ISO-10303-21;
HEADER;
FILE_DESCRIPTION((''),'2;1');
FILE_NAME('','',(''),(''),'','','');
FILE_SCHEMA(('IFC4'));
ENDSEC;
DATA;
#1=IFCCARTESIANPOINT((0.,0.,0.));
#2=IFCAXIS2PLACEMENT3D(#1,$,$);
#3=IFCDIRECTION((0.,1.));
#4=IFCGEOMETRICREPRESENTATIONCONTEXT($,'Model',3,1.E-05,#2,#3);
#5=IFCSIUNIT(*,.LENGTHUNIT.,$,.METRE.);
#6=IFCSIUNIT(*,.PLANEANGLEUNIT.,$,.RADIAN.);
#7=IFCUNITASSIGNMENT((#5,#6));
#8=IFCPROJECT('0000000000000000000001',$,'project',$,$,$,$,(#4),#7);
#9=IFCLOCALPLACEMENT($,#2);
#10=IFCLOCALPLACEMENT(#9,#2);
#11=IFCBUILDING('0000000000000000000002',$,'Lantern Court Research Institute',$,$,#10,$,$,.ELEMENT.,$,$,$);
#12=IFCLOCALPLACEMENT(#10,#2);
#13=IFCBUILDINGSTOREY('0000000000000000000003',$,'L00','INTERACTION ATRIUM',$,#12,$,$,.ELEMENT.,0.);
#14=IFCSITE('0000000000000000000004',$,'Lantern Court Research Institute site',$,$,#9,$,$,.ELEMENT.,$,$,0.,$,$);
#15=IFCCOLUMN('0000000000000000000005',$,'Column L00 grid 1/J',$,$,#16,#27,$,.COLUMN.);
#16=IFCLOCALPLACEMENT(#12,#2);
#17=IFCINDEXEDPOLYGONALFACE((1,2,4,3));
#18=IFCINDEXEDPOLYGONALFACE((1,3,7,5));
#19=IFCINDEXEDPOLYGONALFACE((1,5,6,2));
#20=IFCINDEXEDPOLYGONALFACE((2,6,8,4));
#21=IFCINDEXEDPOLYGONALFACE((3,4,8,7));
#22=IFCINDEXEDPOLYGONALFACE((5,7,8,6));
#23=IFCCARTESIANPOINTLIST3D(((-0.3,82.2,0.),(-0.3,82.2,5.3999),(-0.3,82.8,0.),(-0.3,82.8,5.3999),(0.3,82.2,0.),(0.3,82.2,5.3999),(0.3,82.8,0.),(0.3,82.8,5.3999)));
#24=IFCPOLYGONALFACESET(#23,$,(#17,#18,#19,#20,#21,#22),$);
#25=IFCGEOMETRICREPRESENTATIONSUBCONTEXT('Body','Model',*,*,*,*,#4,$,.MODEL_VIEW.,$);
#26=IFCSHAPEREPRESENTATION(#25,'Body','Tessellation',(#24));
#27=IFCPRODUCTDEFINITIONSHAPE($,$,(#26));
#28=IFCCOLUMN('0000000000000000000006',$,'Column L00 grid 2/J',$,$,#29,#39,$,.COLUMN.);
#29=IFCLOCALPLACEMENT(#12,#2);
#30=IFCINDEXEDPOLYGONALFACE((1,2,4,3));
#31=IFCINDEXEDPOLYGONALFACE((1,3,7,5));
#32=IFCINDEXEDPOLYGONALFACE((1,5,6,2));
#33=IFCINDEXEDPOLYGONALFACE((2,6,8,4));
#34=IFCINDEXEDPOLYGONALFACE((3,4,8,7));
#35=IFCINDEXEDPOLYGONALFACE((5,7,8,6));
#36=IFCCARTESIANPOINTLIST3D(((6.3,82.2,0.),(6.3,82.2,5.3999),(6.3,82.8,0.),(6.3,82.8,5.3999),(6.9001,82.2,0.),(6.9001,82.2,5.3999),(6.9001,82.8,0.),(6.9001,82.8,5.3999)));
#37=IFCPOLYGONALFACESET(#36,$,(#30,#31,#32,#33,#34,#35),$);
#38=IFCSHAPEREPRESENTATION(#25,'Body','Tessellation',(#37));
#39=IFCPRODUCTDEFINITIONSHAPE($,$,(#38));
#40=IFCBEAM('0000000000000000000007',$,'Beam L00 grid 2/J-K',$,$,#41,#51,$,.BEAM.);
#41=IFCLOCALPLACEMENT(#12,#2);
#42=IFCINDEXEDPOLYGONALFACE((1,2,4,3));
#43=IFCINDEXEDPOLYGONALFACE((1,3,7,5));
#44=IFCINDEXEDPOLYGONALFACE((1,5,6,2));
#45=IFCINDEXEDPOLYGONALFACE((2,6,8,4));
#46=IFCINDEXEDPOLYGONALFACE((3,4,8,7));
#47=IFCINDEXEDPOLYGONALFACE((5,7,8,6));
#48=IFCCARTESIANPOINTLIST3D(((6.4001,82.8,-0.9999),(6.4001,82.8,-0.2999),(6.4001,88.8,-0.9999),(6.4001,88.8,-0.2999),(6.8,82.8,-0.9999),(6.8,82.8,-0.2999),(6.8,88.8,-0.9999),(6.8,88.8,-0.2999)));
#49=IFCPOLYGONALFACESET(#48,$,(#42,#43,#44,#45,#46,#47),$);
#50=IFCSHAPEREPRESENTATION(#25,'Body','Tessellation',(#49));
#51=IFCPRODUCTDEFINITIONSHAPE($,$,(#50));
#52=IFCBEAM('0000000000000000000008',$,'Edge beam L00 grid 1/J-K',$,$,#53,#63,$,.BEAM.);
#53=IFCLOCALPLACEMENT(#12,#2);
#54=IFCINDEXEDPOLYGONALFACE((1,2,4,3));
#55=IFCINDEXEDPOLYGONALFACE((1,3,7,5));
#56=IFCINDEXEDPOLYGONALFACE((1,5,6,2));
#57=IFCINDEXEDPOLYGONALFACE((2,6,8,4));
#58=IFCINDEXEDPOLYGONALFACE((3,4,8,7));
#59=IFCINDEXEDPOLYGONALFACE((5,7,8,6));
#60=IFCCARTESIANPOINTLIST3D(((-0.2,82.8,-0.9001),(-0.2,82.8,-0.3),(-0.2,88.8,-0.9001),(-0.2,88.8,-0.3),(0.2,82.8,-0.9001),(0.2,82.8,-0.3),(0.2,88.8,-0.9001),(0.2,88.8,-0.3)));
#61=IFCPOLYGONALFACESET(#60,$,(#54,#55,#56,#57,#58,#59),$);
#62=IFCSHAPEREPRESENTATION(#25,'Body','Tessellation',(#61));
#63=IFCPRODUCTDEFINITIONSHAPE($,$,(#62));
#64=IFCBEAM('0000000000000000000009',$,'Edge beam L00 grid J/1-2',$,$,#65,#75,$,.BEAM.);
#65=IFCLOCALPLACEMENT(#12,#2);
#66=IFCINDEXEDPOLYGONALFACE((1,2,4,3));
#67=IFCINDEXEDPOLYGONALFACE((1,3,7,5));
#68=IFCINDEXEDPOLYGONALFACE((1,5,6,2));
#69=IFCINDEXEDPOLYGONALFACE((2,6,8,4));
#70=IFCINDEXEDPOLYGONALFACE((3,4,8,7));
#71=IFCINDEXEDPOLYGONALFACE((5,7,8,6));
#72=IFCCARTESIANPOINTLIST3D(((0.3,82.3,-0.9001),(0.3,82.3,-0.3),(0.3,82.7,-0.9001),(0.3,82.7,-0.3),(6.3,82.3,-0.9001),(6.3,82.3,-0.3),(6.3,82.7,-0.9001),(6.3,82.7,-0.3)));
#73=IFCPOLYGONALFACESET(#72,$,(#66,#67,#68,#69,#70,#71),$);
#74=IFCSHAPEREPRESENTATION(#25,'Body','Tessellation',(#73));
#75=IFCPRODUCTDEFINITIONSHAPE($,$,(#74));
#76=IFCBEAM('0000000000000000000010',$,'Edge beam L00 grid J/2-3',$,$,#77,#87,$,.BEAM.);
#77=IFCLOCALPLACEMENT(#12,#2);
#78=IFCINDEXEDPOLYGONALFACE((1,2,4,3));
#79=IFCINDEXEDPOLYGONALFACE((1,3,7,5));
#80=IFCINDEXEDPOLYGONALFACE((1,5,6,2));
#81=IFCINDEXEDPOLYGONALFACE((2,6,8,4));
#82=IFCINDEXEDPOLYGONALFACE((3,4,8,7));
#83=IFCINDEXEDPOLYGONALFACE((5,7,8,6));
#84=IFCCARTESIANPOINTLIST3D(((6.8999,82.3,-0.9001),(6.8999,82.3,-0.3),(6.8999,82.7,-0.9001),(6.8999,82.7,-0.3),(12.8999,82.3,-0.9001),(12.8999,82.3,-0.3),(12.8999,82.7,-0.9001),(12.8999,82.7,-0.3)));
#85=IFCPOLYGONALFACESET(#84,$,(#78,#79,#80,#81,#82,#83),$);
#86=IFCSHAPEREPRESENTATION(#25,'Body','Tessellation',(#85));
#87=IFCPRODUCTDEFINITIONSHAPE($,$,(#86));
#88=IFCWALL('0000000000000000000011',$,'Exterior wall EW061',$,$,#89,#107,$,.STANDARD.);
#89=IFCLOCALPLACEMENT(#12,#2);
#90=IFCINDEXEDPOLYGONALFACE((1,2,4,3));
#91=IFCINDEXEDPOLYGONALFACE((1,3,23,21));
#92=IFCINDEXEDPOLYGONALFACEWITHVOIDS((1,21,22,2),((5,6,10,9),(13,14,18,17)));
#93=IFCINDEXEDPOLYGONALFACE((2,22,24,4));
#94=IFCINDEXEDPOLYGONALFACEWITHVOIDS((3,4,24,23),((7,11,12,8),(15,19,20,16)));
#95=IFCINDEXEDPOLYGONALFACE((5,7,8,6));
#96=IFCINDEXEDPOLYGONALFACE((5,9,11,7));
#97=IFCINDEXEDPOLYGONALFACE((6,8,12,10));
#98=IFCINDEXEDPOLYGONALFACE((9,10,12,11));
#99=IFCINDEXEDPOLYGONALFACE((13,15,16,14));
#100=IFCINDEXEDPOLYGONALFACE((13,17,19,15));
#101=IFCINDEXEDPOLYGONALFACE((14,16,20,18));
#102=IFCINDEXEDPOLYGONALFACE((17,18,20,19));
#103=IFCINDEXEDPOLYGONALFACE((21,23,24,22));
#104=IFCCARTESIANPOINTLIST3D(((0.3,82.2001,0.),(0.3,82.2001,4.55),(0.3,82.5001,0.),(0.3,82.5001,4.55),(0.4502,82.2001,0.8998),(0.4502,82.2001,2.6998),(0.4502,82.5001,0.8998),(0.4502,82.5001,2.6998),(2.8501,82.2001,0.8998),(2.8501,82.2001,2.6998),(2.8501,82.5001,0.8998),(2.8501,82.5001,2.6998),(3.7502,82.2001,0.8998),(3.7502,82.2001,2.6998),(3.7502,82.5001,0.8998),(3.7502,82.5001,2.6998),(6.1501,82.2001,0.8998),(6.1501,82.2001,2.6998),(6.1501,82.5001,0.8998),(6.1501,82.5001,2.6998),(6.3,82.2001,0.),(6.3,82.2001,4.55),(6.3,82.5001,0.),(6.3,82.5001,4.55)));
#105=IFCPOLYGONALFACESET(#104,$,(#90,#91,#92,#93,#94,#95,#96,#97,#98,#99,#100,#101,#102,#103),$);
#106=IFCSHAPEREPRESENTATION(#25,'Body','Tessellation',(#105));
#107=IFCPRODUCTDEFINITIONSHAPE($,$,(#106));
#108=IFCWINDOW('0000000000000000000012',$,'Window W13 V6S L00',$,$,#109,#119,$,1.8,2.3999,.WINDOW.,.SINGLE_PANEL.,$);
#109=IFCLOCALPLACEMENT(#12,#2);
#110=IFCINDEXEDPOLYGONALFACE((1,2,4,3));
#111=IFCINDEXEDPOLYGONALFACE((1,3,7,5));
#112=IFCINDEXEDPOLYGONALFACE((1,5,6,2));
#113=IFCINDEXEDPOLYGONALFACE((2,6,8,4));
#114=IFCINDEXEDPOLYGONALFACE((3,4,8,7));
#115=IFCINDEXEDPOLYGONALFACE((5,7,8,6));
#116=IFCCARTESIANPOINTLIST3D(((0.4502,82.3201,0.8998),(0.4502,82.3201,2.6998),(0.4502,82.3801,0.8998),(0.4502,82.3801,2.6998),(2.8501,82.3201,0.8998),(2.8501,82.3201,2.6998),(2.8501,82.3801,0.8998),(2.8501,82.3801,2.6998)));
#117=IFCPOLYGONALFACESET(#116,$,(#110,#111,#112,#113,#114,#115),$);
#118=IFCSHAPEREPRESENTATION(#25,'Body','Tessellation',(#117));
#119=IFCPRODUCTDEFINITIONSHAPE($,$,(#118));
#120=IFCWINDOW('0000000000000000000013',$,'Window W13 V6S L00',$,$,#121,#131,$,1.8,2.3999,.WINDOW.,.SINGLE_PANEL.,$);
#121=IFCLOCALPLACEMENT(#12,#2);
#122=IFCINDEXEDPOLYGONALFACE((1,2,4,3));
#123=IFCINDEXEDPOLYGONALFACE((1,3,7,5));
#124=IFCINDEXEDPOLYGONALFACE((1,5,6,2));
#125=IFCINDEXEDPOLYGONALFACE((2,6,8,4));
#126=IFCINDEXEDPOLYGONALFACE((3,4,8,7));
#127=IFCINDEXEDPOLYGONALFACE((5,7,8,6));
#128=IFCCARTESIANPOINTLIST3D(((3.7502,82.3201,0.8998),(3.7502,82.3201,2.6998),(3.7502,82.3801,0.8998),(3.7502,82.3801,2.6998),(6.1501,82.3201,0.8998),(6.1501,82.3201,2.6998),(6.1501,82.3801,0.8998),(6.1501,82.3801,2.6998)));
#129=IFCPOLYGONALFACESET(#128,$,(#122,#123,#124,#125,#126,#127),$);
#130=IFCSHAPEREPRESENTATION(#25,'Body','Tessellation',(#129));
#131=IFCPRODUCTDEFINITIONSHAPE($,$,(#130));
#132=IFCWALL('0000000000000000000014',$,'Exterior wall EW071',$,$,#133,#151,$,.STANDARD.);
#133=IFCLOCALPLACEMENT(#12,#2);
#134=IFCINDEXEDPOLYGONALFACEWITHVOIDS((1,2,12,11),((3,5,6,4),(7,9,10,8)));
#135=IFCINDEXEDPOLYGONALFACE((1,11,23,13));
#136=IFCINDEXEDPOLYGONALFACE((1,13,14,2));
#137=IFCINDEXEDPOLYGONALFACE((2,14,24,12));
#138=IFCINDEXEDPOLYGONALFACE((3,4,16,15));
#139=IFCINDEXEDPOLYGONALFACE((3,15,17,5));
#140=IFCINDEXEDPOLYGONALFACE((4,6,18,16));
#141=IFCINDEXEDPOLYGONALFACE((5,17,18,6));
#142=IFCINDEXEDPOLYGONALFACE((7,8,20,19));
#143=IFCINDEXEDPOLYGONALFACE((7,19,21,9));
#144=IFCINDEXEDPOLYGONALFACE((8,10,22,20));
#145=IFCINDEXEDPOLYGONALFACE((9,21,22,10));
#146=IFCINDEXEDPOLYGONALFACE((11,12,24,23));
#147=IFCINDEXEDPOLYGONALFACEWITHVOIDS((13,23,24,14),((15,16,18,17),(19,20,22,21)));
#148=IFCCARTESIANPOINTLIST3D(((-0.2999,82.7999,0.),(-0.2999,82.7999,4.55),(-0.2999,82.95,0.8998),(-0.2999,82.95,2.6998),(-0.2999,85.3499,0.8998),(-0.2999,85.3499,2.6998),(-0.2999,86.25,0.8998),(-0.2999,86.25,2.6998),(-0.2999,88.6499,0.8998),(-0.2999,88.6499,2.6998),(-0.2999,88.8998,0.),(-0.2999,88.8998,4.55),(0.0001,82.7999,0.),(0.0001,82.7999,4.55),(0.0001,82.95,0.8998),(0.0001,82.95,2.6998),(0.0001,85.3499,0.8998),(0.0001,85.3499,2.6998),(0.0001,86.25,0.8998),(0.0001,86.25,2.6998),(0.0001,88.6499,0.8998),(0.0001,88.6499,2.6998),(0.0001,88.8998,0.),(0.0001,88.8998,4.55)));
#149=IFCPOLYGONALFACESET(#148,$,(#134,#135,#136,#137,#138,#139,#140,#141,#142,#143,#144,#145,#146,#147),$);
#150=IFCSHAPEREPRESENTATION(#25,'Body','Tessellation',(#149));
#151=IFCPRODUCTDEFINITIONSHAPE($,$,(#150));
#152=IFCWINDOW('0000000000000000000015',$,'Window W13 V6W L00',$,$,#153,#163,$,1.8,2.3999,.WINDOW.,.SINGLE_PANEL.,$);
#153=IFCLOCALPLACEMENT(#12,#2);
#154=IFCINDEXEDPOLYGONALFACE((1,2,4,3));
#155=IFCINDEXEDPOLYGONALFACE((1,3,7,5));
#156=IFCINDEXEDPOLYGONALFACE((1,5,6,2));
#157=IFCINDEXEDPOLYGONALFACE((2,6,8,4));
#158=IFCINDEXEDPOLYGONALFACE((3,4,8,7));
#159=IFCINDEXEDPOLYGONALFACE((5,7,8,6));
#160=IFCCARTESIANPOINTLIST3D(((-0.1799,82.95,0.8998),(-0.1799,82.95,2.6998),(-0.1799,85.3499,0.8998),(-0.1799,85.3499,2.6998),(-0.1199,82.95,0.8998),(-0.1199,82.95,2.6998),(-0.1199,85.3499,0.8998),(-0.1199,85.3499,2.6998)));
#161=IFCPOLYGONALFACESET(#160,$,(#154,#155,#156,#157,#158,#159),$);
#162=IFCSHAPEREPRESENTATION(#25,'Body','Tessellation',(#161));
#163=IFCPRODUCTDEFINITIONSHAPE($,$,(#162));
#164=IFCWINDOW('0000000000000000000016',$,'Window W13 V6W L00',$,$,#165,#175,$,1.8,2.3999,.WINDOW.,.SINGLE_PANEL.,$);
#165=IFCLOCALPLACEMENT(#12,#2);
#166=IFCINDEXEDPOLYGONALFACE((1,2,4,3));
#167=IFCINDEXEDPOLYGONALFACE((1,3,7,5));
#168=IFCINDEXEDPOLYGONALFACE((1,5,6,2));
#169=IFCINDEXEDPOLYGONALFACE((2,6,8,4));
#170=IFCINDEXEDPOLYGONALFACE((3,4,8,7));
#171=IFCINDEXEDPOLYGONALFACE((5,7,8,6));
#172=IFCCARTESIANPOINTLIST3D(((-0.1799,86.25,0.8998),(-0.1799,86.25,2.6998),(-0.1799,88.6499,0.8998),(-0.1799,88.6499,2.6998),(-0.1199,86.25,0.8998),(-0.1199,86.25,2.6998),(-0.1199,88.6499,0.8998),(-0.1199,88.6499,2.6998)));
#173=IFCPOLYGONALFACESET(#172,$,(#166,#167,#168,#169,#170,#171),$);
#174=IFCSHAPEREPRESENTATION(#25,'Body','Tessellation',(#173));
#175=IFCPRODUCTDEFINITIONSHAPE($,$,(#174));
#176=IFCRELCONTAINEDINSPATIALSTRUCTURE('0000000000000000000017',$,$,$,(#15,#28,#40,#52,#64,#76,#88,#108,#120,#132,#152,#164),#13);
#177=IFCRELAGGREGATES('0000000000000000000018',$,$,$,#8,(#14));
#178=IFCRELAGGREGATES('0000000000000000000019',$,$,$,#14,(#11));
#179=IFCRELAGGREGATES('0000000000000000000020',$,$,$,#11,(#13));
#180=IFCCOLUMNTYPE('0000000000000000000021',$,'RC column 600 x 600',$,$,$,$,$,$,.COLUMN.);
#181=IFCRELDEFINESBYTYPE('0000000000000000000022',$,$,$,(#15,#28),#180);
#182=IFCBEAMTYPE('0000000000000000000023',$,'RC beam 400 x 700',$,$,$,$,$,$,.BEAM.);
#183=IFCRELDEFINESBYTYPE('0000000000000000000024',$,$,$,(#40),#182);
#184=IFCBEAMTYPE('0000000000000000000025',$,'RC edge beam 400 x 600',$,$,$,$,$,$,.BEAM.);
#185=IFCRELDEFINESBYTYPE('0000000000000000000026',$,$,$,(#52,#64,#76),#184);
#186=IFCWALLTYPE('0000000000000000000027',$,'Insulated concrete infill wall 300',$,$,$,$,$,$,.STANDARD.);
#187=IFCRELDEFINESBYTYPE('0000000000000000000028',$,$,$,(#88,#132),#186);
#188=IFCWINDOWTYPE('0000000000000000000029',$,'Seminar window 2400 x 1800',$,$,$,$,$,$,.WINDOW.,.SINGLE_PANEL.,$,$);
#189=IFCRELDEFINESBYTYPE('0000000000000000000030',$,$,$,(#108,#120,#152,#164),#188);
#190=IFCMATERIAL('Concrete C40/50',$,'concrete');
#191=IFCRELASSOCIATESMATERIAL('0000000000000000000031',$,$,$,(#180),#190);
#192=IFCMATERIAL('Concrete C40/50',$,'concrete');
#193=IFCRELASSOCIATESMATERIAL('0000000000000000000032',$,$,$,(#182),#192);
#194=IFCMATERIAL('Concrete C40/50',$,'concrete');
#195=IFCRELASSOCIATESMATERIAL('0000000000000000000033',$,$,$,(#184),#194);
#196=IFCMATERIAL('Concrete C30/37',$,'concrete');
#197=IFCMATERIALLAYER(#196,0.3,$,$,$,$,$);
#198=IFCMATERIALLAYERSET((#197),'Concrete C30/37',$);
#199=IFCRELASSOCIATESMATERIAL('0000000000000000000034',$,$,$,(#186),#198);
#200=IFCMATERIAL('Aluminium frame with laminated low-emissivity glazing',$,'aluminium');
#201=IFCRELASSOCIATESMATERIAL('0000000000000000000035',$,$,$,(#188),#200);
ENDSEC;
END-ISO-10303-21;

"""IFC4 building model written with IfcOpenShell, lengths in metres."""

from ifc_helpers import new_model, si_unit, direction, frame, frame_2d, origin, origin_2d, place, context, subcontext, project, spatial, rectangle, extrude, material, layer, layer_set, material_profile, profile_set, type_object, element, fill, save


model = new_model("IFC4")

# Units and contexts
model_context = context("Model", 3, precision=1e-05, world=origin(), true_north=direction((0.0, 1.0)))
body_context = subcontext(model_context, "Body", "Model", "MODEL_VIEW")
ifc_project = project(units=[si_unit("LENGTHUNIT", "METRE"), si_unit("PLANEANGLEUNIT", "RADIAN")], contexts=[model_context])

# Site, building, storey
site_placement = place(None, origin())
site = spatial("IfcSite", under=ifc_project, at=site_placement, Name="Lantern Court Research Institute site", CompositionType="ELEMENT", RefElevation=0.0)
building_placement = place(site_placement, origin())
building = spatial("IfcBuilding", under=site, at=building_placement, Name="Lantern Court Research Institute", CompositionType="ELEMENT")
storey_placement = place(building_placement, origin())
storey = spatial("IfcBuildingStorey", under=building, at=storey_placement, Name="L00", Description="INTERACTION ATRIUM", CompositionType="ELEMENT", Elevation=0.0)

# Columns
ifc_material_1 = material(Name="Concrete C40/50", Category="concrete")
ifc_material_profile_1 = material_profile(ifc_material_1, rectangle(XDim=0.6001, YDim=0.6001, at=origin_2d()), Name="RC column 600 x 600")
ifc_profile_set_1 = profile_set([ifc_material_profile_1], Name="Concrete C40/50")
column_type = type_object("IfcColumnType", Name="RC column 600 x 600", PredefinedType="COLUMN", material=ifc_profile_set_1)
for number, where, z_axis, x_axis, name in (
    (1, (0.0, 82.5, 0.0), (0.0, 0.0, 1.0), (1.0, 0.0, 0.0), "Column L00 grid 1/J"),
    (2, (6.6001, 82.5, 0.0), (0.0, 0.0, 1.0), (1.0, 0.0, 0.0), "Column L00 grid 2/J"),
):
    element("IfcColumn", number, at=place(storey_placement, frame(where, z_axis=z_axis, x_axis=x_axis)), inside=storey, type_object=column_type, Name=name, PredefinedType="COLUMN", context=body_context, shape_type="SweptSolid", body=[
        extrude(rectangle(XDim=0.6001, YDim=0.6001, at=origin_2d()), origin(), (0.0, 0.0, 1.0), 5.3999),
    ])

# Beams
ifc_material_2 = material(Name="Concrete C40/50", Category="concrete")
ifc_material_profile_2 = material_profile(ifc_material_2, rectangle(XDim=0.3999, YDim=0.7, at=origin_2d()), Name="RC beam 400 x 700")
ifc_profile_set_2 = profile_set([ifc_material_profile_2], Name="Concrete C40/50")
beam_type_1 = type_object("IfcBeamType", Name="RC beam 400 x 700", PredefinedType="BEAM", material=ifc_profile_set_2)
beam_placement = place(storey_placement, frame((6.6001, 82.8, -0.6499), z_axis=(0.0, 1.0, 0.0), x_axis=(-1.0, 0.0, 0.0)))
element("IfcBeam", 3, at=beam_placement, inside=storey, type_object=beam_type_1, Name="Beam L00 grid 2/J-K", PredefinedType="BEAM", context=body_context, shape_type="SweptSolid", body=[
    extrude(rectangle(XDim=0.3999, YDim=0.7, at=origin_2d()), origin(), (0.0, 0.0, 1.0), 6.0),
])
ifc_material_3 = material(Name="Concrete C40/50", Category="concrete")
ifc_material_profile_3 = material_profile(ifc_material_3, rectangle(XDim=0.3999, YDim=0.6001, at=origin_2d()), Name="RC beam 400 x 600")
ifc_profile_set_3 = profile_set([ifc_material_profile_3], Name="Concrete C40/50")
beam_type_2 = type_object("IfcBeamType", Name="RC edge beam 400 x 600", PredefinedType="BEAM", material=ifc_profile_set_3)
for number, where, z_axis, x_axis, name in (
    (4, (0.0, 82.8, -0.6001), (0.0, 1.0, 0.0), (-1.0, 0.0, 0.0), "Edge beam L00 grid 1/J-K"),
    (5, (0.3, 82.5, -0.6001), (1.0, 0.0, 0.0), (0.0, 1.0, 0.0), "Edge beam L00 grid J/1-2"),
    (6, (6.8999, 82.5, -0.6001), (1.0, 0.0, 0.0), (0.0, 1.0, 0.0), "Edge beam L00 grid J/2-3"),
):
    element("IfcBeam", number, at=place(storey_placement, frame(where, z_axis=z_axis, x_axis=x_axis)), inside=storey, type_object=beam_type_2, Name=name, PredefinedType="BEAM", context=body_context, shape_type="SweptSolid", body=[
        extrude(rectangle(XDim=0.3999, YDim=0.6001, at=origin_2d()), origin(), (0.0, 0.0, 1.0), 6.0),
    ])

# Walls, openings, windows
ifc_material_4 = material(Name="Concrete C30/37", Category="concrete")
ifc_layer_1 = layer(ifc_material_4, 0.3)
ifc_layer_set_1 = layer_set([ifc_layer_1], Name="Concrete C30/37")
wall_type = type_object("IfcWallType", Name="Insulated concrete infill wall 300", PredefinedType="STANDARD", material=ifc_layer_set_1)
wall_1_placement = place(storey_placement, frame((6.3, 82.3501, 0.0), z_axis=(0.0, 0.0, 1.0), x_axis=(-1.0, 0.0, 0.0)))
wall_1 = element("IfcWall", 7, at=wall_1_placement, inside=storey, type_object=wall_type, Name="Exterior wall EW061", PredefinedType="STANDARD", context=body_context, shape_type="SweptSolid", body=[
    extrude(rectangle(XDim=6.0, YDim=0.3, at=frame_2d((3.0, 0.0))), origin(), (0.0, 0.0, 1.0), 4.55),
])
opening_1_placement = place(wall_1_placement, frame((3.45, 0.0, 0.8999)))
opening_1 = element("IfcOpeningElement", 8, at=opening_1_placement, cuts=wall_1, PredefinedType="OPENING", context=body_context, shape_type="SweptSolid", body=[
    extrude(rectangle(XDim=2.3999, YDim=1.8, at=frame_2d((1.2, 0.8999))), frame((0.0, 0.1599, 0.0), z_axis=(0.0, -1.0, 0.0), x_axis=(1.0, 0.0, 0.0)), (0.0, 0.0, 1.0), 0.3201),
])
opening_2_placement = place(wall_1_placement, frame((0.1499, 0.0, 0.8999)))
opening_2 = element("IfcOpeningElement", 9, at=opening_2_placement, cuts=wall_1, PredefinedType="OPENING", context=body_context, shape_type="SweptSolid", body=[
    extrude(rectangle(XDim=2.3999, YDim=1.8, at=frame_2d((1.2, 0.8999))), frame((0.0, 0.1599, 0.0), z_axis=(0.0, -1.0, 0.0), x_axis=(1.0, 0.0, 0.0)), (0.0, 0.0, 1.0), 0.3201),
])
ifc_material_5 = material(Name="Aluminium frame with laminated low-emissivity glazing", Category="aluminium")
window_type = type_object("IfcWindowType", Name="Seminar window 2400 x 1800", PartitioningType="SINGLE_PANEL", PredefinedType="WINDOW", material=ifc_material_5)
window_1_placement = place(opening_1_placement, origin())
window_1 = element("IfcWindow", 10, at=window_1_placement, inside=storey, type_object=window_type, Name="Window W13 V6S L00", OverallHeight=1.8, OverallWidth=2.3999, PartitioningType="SINGLE_PANEL", PredefinedType="WINDOW", context=body_context, shape_type="SweptSolid", body=[
    extrude(rectangle(XDim=2.3999, YDim=1.8, at=frame_2d((1.2, 0.8999))), frame((0.0, 0.03, 0.0), z_axis=(0.0, -1.0, 0.0), x_axis=(1.0, 0.0, 0.0)), (0.0, 0.0, 1.0), 0.0601),
])
fill(opening_1, window_1)
window_2_placement = place(opening_2_placement, origin())
window_2 = element("IfcWindow", 11, at=window_2_placement, inside=storey, type_object=window_type, Name="Window W13 V6S L00", OverallHeight=1.8, OverallWidth=2.3999, PartitioningType="SINGLE_PANEL", PredefinedType="WINDOW", context=body_context, shape_type="SweptSolid", body=[
    extrude(rectangle(XDim=2.3999, YDim=1.8, at=frame_2d((1.2, 0.8999))), frame((0.0, 0.03, 0.0), z_axis=(0.0, -1.0, 0.0), x_axis=(1.0, 0.0, 0.0)), (0.0, 0.0, 1.0), 0.0601),
])
fill(opening_2, window_2)
wall_2_placement = place(storey_placement, frame((-0.1499, 82.8, 0.0), z_axis=(0.0, 0.0, 1.0), x_axis=(0.0, 1.0, 0.0)))
wall_2 = element("IfcWall", 12, at=wall_2_placement, inside=storey, type_object=wall_type, Name="Exterior wall EW071", PredefinedType="STANDARD", context=body_context, shape_type="SweptSolid", body=[
    extrude(rectangle(XDim=6.0999, YDim=0.3, at=frame_2d((3.0498, 0.0))), origin(), (0.0, 0.0, 1.0), 4.55),
])
opening_3_placement = place(wall_2_placement, frame((0.1499, 0.0, 0.8999)))
opening_3 = element("IfcOpeningElement", 13, at=opening_3_placement, cuts=wall_2, PredefinedType="OPENING", context=body_context, shape_type="SweptSolid", body=[
    extrude(rectangle(XDim=2.3999, YDim=1.8, at=frame_2d((1.2, 0.8999))), frame((0.0, 0.1599, 0.0), z_axis=(0.0, -1.0, 0.0), x_axis=(1.0, 0.0, 0.0)), (0.0, 0.0, 1.0), 0.3201),
])
opening_4_placement = place(wall_2_placement, frame((3.45, 0.0, 0.8999)))
opening_4 = element("IfcOpeningElement", 14, at=opening_4_placement, cuts=wall_2, PredefinedType="OPENING", context=body_context, shape_type="SweptSolid", body=[
    extrude(rectangle(XDim=2.3999, YDim=1.8, at=frame_2d((1.2, 0.8999))), frame((0.0, 0.1599, 0.0), z_axis=(0.0, -1.0, 0.0), x_axis=(1.0, 0.0, 0.0)), (0.0, 0.0, 1.0), 0.3201),
])
window_3_placement = place(opening_3_placement, origin())
window_3 = element("IfcWindow", 15, at=window_3_placement, inside=storey, type_object=window_type, Name="Window W13 V6W L00", OverallHeight=1.8, OverallWidth=2.3999, PartitioningType="SINGLE_PANEL", PredefinedType="WINDOW", context=body_context, shape_type="SweptSolid", body=[
    extrude(rectangle(XDim=2.3999, YDim=1.8, at=frame_2d((1.2, 0.8999))), frame((0.0, 0.03, 0.0), z_axis=(0.0, -1.0, 0.0), x_axis=(1.0, 0.0, 0.0)), (0.0, 0.0, 1.0), 0.0601),
])
fill(opening_3, window_3)
window_4_placement = place(opening_4_placement, origin())
window_4 = element("IfcWindow", 16, at=window_4_placement, inside=storey, type_object=window_type, Name="Window W13 V6W L00", OverallHeight=1.8, OverallWidth=2.3999, PartitioningType="SINGLE_PANEL", PredefinedType="WINDOW", context=body_context, shape_type="SweptSolid", body=[
    extrude(rectangle(XDim=2.3999, YDim=1.8, at=frame_2d((1.2, 0.8999))), frame((0.0, 0.03, 0.0), z_axis=(0.0, -1.0, 0.0), x_axis=(1.0, 0.0, 0.0)), (0.0, 0.0, 1.0), 0.0601),
])
fill(opening_4, window_4)

save(model, "model.ifc")
